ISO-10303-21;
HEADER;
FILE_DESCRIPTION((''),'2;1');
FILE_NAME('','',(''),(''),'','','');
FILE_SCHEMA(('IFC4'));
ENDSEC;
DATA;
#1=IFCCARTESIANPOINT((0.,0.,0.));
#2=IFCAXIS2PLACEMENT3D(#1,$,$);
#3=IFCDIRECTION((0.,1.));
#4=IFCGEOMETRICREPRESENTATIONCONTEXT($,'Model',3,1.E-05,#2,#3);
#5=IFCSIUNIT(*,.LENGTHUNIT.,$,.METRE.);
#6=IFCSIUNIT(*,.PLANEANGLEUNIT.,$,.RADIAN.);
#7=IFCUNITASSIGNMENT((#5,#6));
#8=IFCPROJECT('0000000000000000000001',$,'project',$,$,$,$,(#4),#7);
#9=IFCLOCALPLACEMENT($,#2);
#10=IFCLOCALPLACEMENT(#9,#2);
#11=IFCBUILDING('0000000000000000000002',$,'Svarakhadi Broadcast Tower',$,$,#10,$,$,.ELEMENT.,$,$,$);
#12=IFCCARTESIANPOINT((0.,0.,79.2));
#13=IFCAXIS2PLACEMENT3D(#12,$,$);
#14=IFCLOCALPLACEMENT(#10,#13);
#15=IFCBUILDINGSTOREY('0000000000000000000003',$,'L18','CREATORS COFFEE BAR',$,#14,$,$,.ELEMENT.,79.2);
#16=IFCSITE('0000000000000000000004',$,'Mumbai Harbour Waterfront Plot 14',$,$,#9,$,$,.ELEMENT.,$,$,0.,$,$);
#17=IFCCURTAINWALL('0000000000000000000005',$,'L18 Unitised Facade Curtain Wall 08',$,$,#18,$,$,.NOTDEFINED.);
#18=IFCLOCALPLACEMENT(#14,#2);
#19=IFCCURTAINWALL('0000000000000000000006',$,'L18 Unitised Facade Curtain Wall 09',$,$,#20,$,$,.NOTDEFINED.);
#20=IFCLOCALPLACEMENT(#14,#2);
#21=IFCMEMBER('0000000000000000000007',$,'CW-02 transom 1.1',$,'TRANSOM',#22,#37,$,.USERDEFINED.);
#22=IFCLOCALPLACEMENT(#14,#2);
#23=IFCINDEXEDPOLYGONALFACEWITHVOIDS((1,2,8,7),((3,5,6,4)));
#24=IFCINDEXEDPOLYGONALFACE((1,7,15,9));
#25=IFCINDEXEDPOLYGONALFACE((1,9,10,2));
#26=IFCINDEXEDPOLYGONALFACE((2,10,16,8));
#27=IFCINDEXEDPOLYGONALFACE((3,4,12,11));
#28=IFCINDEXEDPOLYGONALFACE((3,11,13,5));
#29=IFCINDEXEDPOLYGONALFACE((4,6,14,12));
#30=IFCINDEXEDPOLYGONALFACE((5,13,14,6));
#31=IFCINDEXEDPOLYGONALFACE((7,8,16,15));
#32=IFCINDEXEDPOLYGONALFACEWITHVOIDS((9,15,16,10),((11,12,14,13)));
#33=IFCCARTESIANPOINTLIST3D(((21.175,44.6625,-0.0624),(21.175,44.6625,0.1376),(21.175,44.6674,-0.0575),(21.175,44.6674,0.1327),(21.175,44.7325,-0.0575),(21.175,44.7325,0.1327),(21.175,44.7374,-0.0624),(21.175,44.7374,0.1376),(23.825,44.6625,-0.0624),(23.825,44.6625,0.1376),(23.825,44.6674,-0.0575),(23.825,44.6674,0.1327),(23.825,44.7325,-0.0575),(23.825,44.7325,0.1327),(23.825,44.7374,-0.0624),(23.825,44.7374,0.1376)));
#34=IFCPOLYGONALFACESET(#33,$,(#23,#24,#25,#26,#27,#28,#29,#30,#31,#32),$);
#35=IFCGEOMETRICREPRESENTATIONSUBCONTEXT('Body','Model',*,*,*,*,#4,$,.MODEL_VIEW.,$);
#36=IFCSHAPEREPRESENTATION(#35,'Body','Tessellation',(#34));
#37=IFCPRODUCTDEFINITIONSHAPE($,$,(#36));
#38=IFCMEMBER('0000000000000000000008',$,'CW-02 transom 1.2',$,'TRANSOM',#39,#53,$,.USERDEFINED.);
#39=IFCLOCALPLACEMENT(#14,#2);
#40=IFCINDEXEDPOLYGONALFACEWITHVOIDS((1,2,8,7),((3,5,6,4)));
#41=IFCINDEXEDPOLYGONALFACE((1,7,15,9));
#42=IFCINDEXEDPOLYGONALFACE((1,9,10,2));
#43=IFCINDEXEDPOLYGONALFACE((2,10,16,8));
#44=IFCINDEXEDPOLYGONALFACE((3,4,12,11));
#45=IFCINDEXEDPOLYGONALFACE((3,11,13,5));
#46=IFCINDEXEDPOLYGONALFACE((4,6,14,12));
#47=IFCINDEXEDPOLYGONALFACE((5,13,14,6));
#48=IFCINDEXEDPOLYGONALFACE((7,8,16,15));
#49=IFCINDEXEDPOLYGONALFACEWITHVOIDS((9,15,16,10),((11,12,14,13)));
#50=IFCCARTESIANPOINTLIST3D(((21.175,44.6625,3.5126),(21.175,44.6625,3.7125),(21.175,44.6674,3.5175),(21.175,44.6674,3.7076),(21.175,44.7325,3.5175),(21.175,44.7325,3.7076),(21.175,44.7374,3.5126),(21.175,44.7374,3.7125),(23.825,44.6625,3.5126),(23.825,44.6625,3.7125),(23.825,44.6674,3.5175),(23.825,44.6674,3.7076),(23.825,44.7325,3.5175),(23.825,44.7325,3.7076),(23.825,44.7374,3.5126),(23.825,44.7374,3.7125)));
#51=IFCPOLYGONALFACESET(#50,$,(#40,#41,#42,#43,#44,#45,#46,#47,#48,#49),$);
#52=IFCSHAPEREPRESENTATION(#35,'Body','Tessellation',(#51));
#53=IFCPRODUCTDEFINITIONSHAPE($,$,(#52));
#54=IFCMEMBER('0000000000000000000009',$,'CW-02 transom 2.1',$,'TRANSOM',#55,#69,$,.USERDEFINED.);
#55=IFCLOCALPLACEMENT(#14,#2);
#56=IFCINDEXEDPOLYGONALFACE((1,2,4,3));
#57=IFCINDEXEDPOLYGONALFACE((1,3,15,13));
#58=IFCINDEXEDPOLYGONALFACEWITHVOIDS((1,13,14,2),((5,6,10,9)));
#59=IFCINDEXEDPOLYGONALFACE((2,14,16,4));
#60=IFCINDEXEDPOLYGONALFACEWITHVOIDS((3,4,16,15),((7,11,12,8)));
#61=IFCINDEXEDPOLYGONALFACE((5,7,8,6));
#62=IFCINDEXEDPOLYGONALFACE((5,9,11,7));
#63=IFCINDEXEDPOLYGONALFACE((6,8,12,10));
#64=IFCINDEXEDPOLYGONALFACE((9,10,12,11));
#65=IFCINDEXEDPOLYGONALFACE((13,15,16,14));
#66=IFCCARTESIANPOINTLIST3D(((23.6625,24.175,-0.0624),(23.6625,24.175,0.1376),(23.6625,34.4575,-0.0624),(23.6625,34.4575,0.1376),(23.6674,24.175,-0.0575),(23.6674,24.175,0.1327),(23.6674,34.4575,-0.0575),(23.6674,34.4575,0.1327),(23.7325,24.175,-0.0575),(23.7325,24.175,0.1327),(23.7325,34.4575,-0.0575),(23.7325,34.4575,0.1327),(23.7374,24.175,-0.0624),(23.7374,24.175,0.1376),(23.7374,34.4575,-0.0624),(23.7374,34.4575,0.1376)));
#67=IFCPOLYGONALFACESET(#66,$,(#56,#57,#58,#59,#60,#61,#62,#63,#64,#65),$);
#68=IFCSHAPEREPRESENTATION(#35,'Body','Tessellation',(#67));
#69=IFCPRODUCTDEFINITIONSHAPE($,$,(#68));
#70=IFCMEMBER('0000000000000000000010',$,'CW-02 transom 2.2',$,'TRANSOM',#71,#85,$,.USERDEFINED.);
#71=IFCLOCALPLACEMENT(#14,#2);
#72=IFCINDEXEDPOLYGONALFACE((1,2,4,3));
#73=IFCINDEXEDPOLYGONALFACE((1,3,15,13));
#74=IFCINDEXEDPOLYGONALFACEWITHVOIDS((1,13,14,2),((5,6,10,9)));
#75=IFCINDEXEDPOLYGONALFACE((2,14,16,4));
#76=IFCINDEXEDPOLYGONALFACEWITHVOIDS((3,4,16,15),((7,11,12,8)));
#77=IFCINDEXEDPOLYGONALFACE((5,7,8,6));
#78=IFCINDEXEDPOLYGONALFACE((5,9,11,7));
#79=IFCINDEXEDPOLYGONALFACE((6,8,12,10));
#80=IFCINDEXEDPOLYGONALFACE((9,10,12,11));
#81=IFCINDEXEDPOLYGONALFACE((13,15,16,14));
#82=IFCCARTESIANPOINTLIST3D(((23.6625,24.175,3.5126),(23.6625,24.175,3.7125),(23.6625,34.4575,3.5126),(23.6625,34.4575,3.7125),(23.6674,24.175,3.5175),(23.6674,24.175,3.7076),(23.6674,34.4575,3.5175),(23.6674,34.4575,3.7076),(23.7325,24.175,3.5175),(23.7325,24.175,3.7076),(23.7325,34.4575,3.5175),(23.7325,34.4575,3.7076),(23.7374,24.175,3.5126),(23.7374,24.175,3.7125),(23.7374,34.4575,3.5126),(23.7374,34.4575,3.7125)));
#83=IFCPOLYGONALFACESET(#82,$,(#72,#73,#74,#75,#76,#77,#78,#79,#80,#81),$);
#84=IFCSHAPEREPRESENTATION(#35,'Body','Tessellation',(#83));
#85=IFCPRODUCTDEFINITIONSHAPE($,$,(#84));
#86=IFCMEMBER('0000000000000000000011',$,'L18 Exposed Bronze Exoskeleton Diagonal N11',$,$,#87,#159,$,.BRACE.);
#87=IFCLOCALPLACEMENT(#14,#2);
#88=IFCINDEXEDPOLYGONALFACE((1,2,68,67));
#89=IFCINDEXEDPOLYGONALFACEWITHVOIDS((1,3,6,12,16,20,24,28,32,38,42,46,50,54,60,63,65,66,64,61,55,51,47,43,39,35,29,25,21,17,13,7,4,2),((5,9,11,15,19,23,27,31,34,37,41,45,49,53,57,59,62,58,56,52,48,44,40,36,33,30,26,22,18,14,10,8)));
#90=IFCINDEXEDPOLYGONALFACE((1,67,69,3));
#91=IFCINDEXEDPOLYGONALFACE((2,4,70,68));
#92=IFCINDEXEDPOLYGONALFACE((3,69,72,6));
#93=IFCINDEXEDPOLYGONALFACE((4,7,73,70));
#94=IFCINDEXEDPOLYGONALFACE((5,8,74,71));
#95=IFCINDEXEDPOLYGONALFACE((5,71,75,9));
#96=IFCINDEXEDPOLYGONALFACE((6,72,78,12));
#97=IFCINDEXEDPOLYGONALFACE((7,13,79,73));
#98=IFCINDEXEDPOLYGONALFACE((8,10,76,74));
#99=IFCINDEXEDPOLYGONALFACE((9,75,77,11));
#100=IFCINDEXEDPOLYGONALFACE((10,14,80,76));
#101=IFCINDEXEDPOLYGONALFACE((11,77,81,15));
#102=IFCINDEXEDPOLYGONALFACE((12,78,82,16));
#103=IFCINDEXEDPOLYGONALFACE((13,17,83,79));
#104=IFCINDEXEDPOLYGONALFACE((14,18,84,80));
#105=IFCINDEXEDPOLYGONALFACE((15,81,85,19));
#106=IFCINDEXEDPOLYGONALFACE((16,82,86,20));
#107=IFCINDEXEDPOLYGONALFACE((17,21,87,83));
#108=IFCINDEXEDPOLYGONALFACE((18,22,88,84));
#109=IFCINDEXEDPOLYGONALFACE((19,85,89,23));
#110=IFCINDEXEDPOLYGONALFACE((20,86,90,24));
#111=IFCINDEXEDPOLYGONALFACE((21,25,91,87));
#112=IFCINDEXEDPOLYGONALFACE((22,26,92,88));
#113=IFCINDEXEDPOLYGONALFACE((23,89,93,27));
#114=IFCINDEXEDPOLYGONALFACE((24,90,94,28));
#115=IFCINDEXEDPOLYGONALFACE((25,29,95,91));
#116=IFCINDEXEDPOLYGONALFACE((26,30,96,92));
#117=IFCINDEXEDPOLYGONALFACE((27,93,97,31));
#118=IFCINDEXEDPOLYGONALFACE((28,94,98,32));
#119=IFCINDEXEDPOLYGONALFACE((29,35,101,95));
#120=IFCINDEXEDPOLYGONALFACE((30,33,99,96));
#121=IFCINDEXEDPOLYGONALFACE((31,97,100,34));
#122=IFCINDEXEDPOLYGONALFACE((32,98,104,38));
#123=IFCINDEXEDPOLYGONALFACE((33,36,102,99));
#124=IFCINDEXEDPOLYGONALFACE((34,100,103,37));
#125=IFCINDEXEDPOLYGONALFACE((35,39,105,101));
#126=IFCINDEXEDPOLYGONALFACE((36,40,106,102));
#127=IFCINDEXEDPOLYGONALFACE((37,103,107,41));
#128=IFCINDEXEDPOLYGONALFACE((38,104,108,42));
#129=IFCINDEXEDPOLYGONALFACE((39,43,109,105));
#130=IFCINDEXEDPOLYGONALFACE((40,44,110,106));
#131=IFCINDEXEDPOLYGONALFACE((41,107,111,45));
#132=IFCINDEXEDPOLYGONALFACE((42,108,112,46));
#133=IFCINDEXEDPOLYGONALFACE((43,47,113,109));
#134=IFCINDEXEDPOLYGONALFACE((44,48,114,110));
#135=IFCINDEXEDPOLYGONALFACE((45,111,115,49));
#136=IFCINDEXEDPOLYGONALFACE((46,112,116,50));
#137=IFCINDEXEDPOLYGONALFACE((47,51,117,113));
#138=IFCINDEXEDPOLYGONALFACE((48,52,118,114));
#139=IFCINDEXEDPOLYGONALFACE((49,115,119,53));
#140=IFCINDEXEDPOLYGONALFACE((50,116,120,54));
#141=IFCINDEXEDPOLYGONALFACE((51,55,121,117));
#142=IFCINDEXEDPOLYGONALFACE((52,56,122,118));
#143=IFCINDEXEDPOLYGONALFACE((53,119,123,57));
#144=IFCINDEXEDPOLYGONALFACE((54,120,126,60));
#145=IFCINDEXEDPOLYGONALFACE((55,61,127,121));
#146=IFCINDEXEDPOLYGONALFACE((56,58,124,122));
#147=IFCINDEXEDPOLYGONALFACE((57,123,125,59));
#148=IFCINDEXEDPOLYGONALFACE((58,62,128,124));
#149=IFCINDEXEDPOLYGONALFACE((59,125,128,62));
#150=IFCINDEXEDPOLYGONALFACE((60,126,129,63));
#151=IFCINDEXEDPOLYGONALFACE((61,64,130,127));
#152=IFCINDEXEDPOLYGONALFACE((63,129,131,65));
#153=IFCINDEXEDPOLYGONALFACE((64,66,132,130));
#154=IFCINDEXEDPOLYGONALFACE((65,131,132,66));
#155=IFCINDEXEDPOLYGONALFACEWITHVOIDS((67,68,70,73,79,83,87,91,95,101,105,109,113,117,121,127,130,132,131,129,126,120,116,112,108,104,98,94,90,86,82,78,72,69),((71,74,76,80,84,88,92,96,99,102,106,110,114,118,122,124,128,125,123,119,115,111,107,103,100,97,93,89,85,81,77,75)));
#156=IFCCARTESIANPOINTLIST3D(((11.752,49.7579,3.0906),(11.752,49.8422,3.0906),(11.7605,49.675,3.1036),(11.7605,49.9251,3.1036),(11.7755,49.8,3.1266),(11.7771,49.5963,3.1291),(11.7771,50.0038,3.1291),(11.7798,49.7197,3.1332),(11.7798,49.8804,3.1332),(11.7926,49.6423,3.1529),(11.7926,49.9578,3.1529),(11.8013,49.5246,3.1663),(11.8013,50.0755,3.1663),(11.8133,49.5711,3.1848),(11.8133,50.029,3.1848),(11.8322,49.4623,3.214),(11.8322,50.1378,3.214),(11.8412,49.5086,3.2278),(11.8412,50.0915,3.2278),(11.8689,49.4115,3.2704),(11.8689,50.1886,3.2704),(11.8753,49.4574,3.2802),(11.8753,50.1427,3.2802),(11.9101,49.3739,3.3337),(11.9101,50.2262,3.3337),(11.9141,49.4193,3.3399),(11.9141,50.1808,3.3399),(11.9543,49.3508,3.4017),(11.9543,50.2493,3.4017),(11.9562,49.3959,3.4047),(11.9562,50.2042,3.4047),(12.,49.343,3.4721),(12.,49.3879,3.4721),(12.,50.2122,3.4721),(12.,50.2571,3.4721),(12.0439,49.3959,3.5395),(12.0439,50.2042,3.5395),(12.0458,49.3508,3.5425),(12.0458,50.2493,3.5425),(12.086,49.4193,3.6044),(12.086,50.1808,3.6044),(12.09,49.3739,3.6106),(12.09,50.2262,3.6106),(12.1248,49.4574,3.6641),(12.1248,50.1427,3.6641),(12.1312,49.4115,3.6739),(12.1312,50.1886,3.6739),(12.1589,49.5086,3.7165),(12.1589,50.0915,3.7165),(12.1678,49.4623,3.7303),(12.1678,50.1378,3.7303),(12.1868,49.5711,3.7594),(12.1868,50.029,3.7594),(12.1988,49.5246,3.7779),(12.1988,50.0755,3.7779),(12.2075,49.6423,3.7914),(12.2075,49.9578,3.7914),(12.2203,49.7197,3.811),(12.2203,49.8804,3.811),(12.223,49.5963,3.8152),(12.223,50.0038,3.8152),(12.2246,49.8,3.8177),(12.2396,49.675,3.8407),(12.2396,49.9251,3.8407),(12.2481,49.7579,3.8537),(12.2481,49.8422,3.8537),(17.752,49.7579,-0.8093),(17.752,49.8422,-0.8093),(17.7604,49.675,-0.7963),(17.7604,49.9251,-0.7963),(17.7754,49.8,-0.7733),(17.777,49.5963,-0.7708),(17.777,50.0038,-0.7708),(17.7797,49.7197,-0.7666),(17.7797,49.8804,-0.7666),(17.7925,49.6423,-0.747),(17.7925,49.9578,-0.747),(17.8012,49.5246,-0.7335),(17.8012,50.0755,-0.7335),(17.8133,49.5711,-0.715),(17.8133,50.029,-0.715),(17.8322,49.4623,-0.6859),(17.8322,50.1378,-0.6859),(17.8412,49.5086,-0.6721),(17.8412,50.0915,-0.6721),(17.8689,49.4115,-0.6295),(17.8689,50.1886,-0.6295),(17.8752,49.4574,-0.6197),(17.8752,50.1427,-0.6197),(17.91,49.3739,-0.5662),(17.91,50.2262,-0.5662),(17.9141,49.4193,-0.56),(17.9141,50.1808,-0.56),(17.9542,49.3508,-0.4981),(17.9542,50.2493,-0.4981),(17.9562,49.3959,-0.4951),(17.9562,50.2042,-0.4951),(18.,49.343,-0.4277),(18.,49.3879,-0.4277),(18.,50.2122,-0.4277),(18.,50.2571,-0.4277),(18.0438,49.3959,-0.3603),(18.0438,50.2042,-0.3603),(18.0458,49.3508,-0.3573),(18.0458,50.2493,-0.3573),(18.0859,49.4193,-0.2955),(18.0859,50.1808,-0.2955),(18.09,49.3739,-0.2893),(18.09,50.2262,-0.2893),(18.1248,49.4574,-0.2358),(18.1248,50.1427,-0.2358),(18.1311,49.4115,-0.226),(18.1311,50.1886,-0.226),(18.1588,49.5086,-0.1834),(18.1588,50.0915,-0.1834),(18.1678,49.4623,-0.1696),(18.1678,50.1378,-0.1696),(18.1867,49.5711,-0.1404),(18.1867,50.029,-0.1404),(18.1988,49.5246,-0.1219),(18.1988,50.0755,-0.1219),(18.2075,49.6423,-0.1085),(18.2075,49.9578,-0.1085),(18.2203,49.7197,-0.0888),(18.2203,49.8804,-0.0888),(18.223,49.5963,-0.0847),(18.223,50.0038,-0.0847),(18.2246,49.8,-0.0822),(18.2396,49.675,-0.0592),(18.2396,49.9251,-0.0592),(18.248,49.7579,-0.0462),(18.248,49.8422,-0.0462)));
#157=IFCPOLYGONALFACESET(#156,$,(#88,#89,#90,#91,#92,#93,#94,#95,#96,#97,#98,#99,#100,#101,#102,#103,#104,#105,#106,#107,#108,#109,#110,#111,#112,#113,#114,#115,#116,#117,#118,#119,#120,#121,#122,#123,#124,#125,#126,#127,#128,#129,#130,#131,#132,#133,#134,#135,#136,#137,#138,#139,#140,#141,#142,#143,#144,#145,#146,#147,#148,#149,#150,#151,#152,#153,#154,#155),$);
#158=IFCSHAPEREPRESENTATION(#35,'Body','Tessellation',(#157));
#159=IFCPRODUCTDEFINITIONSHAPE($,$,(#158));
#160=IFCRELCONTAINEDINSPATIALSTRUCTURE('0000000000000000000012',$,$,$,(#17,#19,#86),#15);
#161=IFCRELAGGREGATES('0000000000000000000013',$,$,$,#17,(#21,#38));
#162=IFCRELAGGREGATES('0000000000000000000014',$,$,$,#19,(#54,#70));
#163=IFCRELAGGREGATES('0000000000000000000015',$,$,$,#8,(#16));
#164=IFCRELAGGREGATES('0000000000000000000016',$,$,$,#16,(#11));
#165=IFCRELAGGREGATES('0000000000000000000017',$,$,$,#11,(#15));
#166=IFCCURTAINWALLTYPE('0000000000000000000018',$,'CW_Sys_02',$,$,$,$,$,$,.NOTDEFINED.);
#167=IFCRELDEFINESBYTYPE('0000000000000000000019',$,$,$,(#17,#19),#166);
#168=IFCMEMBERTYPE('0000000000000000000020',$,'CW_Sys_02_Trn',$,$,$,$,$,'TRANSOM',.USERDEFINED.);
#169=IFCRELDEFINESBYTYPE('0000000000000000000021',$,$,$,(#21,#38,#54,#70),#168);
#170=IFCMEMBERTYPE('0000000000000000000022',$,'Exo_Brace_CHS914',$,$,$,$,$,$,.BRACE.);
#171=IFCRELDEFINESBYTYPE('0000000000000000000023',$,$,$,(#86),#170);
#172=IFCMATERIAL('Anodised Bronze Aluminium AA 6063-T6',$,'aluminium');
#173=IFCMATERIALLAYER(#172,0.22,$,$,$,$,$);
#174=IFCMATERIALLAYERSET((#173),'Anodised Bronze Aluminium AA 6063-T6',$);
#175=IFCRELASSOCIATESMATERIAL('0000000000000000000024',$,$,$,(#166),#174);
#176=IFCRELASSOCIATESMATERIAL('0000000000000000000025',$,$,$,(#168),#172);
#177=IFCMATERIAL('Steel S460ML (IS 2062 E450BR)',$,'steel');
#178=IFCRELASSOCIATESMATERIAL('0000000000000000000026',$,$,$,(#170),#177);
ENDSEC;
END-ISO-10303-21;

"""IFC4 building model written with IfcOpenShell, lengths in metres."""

from ifc_helpers import new_model, si_unit, direction, frame, origin, origin_2d, place, context, subcontext, project, spatial, hollow_rectangle, hollow_circle, extrude, material, layer, layer_set, material_profile, profile_set, type_object, element, aggregate, save


model = new_model("IFC4")

# Units and contexts
model_context = context("Model", 3, precision=1e-05, world=origin(), true_north=direction((0.0, 1.0)))
body_context = subcontext(model_context, "Body", "Model", "MODEL_VIEW")
ifc_project = project(units=[si_unit("LENGTHUNIT", "METRE"), si_unit("PLANEANGLEUNIT", "RADIAN")], contexts=[model_context])

# Site, building, storey
site_placement = place(None, origin())
site = spatial("IfcSite", under=ifc_project, at=site_placement, Name="Mumbai Harbour Waterfront Plot 14", CompositionType="ELEMENT", RefElevation=0.0)
building_placement = place(site_placement, origin())
building = spatial("IfcBuilding", under=site, at=building_placement, Name="Svarakhadi Broadcast Tower", CompositionType="ELEMENT")
storey_placement = place(building_placement, frame((0.0, 0.0, 79.2)))
storey = spatial("IfcBuildingStorey", under=building, at=storey_placement, Name="L18", Description="CREATORS COFFEE BAR", CompositionType="ELEMENT", Elevation=79.2)

# Shared definitions
ifc_material_1 = material(Name="Anodised Bronze Aluminium AA 6063-T6", Category="aluminium")
ifc_layer_1 = layer(ifc_material_1, 0.22)
ifc_layer_set_1 = layer_set([ifc_layer_1], Name="Anodised Bronze Aluminium AA 6063-T6")
curtain_wall_type = type_object("IfcCurtainWallType", Name="CW_Sys_02", PredefinedType="NOTDEFINED", material=ifc_layer_set_1)

# Curtain wall
curtain_wall_1_placement = place(storey_placement, origin())
curtain_wall_1 = element("IfcCurtainWall", 1, at=curtain_wall_1_placement, inside=storey, type_object=curtain_wall_type, Name="L18 Unitised Facade Curtain Wall 08", PredefinedType="NOTDEFINED")

# Curtain wall
curtain_wall_2_placement = place(storey_placement, origin())
curtain_wall_2 = element("IfcCurtainWall", 2, at=curtain_wall_2_placement, inside=storey, type_object=curtain_wall_type, Name="L18 Unitised Facade Curtain Wall 09", PredefinedType="NOTDEFINED")

# Members
ifc_material_profile_1 = material_profile(ifc_material_1, hollow_rectangle(XDim=0.075, YDim=0.2, WallThickness=0.0049, at=origin_2d()), Name="ALU TRANSOM 200x75x5")
ifc_profile_set_1 = profile_set([ifc_material_profile_1], Name="Anodised Bronze Aluminium AA 6063-T6")
member_type_1 = type_object("IfcMemberType", Name="CW_Sys_02_Trn", ElementType="TRANSOM", PredefinedType="USERDEFINED", material=ifc_profile_set_1)
member_1_placement = place(storey_placement, frame((21.175, 44.7, 0.0376), z_axis=(1.0, 0.0, 0.0), x_axis=(0.0, 1.0, 0.0)))
member_1 = element("IfcMember", 3, at=member_1_placement, type_object=member_type_1, Name="CW-02 transom 1.1", ObjectType="TRANSOM", PredefinedType="USERDEFINED", context=body_context, shape_type="SweptSolid", body=[
    extrude(hollow_rectangle(XDim=0.075, YDim=0.2, WallThickness=0.0049, at=origin_2d()), origin(), (0.0, 0.0, 1.0), 2.6499),
])
member_2_placement = place(storey_placement, frame((21.175, 44.7, 3.6125), z_axis=(1.0, 0.0, 0.0), x_axis=(0.0, 1.0, 0.0)))
member_2 = element("IfcMember", 4, at=member_2_placement, type_object=member_type_1, Name="CW-02 transom 1.2", ObjectType="TRANSOM", PredefinedType="USERDEFINED", context=body_context, shape_type="SweptSolid", body=[
    extrude(hollow_rectangle(XDim=0.075, YDim=0.2, WallThickness=0.0049, at=origin_2d()), origin(), (0.0, 0.0, 1.0), 2.6499),
])
member_3_placement = place(storey_placement, frame((23.7, 34.4575, 0.0376), z_axis=(0.0, -1.0, 0.0), x_axis=(1.0, 0.0, 0.0)))
member_3 = element("IfcMember", 5, at=member_3_placement, type_object=member_type_1, Name="CW-02 transom 2.1", ObjectType="TRANSOM", PredefinedType="USERDEFINED", context=body_context, shape_type="SweptSolid", body=[
    extrude(hollow_rectangle(XDim=0.075, YDim=0.2, WallThickness=0.0049, at=origin_2d()), origin(), (0.0, 0.0, 1.0), 10.2825),
])
member_4_placement = place(storey_placement, frame((23.7, 34.4575, 3.6125), z_axis=(0.0, -1.0, 0.0), x_axis=(1.0, 0.0, 0.0)))
member_4 = element("IfcMember", 6, at=member_4_placement, type_object=member_type_1, Name="CW-02 transom 2.2", ObjectType="TRANSOM", PredefinedType="USERDEFINED", context=body_context, shape_type="SweptSolid", body=[
    extrude(hollow_rectangle(XDim=0.075, YDim=0.2, WallThickness=0.0049, at=origin_2d()), origin(), (0.0, 0.0, 1.0), 10.2825),
])

# Member
ifc_material_2 = material(Name="Steel S460ML (IS 2062 E450BR)", Category="steel")
ifc_material_profile_2 = material_profile(ifc_material_2, hollow_circle(Radius=0.457, WallThickness=0.0449, at=origin_2d()), Name="CHS 914x45")
ifc_profile_set_2 = profile_set([ifc_material_profile_2], Name="Steel S460ML (IS 2062 E450BR)")
member_type_2 = type_object("IfcMemberType", Name="Exo_Brace_CHS914", PredefinedType="BRACE", material=ifc_profile_set_2)
member_5_placement = place(storey_placement, frame((18.0, 49.8, -0.4277), z_axis=(-0.83845, 0.0, 0.544979), x_axis=(0.0, -1.0, 0.0)))
element("IfcMember", 7, at=member_5_placement, inside=storey, type_object=member_type_2, Name="L18 Exposed Bronze Exoskeleton Diagonal N11", PredefinedType="BRACE", context=body_context, shape_type="SweptSolid", body=[
    extrude(hollow_circle(Radius=0.457, WallThickness=0.0449, at=origin_2d()), origin(), (0.0, 0.0, 1.0), 7.156),
])

aggregate(curtain_wall_1, [member_1, member_2])
aggregate(curtain_wall_2, [member_3, member_4])

save(model, "model.ifc")
